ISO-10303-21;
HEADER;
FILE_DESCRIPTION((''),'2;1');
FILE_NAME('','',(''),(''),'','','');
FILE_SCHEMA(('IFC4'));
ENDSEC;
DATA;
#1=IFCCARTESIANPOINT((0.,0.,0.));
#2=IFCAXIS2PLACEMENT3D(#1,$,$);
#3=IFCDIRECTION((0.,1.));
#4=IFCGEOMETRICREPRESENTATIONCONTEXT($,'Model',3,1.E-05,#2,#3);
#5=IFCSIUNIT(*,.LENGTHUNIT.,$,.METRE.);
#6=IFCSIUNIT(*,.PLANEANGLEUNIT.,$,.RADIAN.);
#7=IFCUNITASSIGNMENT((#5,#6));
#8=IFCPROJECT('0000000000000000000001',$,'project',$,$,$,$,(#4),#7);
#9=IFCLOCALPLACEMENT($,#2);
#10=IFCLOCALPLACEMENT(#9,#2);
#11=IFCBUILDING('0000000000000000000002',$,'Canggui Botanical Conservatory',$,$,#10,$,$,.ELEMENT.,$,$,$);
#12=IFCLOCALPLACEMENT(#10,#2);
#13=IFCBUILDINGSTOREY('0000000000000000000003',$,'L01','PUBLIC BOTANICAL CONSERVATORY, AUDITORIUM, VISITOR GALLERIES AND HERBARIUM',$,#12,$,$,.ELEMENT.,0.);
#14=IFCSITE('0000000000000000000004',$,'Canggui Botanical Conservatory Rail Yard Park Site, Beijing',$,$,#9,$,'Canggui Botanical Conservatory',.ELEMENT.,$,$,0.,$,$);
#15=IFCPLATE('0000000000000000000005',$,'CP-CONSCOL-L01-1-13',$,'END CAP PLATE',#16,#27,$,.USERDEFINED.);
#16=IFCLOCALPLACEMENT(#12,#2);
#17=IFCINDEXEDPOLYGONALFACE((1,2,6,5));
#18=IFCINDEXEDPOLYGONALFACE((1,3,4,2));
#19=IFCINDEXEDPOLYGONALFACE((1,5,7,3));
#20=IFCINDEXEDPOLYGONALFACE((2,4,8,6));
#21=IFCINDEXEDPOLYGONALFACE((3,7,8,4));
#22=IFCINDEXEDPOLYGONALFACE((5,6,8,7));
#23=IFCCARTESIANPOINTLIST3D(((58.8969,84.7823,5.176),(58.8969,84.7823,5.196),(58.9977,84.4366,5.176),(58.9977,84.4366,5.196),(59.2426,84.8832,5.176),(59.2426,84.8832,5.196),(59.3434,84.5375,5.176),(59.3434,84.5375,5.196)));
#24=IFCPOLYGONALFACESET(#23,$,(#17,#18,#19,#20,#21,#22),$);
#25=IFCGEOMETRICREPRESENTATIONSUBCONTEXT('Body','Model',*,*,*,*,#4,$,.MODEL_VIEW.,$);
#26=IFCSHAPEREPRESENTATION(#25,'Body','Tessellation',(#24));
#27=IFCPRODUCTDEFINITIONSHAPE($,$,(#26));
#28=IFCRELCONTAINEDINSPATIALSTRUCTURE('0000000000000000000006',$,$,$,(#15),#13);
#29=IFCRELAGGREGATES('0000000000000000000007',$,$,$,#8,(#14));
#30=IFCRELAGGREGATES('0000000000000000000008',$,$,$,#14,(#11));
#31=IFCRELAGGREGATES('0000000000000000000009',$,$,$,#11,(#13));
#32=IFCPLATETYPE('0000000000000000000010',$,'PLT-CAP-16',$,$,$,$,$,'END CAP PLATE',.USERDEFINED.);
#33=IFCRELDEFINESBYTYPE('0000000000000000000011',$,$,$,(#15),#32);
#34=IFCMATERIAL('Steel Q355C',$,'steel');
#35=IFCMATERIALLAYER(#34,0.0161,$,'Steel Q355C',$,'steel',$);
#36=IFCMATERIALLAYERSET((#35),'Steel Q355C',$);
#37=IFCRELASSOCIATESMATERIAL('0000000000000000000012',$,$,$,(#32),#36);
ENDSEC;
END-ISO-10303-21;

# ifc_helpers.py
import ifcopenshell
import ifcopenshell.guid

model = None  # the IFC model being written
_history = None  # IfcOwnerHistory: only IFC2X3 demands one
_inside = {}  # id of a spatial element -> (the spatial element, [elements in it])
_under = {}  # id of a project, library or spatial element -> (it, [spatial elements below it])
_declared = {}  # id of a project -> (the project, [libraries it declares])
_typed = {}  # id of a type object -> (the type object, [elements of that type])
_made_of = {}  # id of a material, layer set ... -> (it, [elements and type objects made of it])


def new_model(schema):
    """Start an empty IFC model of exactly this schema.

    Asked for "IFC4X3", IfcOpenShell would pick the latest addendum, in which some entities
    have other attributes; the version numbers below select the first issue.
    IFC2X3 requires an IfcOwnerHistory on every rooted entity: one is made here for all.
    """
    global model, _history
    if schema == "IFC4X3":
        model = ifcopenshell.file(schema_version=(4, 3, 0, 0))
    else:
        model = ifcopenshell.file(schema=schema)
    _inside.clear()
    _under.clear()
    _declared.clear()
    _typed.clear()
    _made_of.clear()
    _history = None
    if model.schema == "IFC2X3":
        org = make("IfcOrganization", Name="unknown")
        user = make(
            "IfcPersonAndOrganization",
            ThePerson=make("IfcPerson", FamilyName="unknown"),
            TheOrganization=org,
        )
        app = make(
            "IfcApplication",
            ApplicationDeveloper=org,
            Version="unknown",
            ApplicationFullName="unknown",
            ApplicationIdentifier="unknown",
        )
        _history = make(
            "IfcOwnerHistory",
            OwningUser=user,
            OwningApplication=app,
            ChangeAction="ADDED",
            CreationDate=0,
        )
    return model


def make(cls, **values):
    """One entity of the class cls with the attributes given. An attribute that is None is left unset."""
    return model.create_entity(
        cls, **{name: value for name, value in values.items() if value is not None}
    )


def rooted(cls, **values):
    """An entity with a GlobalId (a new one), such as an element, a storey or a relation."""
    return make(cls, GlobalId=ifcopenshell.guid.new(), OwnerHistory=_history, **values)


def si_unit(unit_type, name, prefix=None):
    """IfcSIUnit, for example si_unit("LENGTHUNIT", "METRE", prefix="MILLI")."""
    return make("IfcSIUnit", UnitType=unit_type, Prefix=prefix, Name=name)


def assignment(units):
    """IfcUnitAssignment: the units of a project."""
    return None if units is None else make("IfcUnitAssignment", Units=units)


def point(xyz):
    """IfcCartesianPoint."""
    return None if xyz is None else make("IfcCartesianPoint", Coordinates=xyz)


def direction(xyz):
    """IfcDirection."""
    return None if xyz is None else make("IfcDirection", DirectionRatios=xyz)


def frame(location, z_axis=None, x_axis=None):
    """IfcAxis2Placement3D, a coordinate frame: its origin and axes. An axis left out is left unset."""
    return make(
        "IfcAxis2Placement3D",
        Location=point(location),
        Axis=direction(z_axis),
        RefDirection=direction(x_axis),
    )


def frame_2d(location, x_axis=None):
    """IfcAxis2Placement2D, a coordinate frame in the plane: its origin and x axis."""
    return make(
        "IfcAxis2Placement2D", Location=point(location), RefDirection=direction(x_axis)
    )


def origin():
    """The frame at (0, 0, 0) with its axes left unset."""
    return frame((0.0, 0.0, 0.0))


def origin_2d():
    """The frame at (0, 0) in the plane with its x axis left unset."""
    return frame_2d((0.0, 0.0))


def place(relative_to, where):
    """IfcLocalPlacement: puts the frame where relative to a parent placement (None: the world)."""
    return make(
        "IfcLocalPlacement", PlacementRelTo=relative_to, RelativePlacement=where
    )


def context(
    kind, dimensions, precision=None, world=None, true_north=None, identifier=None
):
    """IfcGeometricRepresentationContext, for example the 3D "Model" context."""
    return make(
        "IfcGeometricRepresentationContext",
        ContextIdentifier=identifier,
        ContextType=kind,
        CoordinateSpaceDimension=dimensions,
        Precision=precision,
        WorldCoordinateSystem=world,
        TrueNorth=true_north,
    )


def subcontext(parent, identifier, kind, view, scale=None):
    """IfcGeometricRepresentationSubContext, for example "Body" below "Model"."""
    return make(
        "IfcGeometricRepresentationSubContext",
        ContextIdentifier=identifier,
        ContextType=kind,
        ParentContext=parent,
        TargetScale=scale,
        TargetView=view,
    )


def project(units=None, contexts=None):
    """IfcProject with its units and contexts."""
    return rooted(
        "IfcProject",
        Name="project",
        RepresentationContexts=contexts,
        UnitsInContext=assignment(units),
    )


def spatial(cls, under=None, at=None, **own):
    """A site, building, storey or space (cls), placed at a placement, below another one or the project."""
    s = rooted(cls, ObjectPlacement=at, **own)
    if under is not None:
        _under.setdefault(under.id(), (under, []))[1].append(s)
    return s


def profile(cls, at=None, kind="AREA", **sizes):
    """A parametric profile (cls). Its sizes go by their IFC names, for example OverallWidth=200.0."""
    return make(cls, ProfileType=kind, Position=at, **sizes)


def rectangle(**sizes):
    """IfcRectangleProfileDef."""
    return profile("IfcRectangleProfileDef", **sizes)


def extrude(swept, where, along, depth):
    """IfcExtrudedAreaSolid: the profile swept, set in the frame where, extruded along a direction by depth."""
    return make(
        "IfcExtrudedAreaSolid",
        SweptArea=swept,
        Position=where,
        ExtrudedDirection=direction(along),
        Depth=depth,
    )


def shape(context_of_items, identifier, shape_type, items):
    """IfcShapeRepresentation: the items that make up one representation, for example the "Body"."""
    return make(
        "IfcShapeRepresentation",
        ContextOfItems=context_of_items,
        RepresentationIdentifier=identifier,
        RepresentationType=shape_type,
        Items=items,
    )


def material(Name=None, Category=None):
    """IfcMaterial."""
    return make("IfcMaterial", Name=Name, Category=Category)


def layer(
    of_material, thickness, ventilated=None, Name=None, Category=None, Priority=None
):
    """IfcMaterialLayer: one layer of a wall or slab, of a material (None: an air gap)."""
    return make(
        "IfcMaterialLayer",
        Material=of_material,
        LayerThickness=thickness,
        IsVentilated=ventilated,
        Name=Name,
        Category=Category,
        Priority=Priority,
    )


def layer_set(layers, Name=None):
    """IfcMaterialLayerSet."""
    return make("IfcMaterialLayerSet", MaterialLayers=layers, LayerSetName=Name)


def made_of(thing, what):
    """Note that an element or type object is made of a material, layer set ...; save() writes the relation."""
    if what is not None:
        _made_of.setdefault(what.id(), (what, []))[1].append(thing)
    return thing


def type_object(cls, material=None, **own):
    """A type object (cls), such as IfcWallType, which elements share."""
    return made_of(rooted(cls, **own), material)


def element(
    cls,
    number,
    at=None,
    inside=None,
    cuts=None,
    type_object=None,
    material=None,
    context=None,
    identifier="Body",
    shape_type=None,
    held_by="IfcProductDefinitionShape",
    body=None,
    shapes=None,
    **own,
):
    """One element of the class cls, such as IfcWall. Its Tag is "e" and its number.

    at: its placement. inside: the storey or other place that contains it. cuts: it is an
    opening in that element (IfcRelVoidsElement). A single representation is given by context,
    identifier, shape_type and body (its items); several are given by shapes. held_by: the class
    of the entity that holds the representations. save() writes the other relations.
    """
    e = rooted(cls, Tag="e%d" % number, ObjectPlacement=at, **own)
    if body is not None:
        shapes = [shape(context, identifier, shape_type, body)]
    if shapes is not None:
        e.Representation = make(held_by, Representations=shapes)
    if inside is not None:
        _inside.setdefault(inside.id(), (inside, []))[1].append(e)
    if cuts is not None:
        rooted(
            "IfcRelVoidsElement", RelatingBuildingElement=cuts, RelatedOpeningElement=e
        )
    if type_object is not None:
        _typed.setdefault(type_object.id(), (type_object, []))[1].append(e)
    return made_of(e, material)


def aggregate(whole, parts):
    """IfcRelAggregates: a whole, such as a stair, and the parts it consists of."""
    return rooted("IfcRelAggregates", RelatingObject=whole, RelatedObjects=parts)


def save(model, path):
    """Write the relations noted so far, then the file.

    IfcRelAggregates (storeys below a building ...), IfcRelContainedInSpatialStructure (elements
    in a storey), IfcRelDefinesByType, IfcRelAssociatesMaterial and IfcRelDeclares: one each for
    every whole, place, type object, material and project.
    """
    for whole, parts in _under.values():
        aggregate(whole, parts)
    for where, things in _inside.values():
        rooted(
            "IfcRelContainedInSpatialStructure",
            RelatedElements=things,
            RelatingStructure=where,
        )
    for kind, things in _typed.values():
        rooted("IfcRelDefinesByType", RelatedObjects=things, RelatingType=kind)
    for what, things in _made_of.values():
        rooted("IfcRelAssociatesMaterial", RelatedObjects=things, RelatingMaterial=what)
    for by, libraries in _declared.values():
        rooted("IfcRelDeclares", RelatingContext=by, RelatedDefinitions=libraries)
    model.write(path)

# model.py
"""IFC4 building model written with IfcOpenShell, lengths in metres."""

from ifc_helpers import new_model, si_unit, direction, frame, origin, origin_2d, place, context, subcontext, project, spatial, rectangle, extrude, material, layer, layer_set, type_object, element, save


model = new_model("IFC4")

# Units and contexts
model_context = context("Model", 3, precision=1e-05, world=origin(), true_north=direction((0.0, 1.0)))
body_context = subcontext(model_context, "Body", "Model", "MODEL_VIEW")
ifc_project = project(units=[si_unit("LENGTHUNIT", "METRE"), si_unit("PLANEANGLEUNIT", "RADIAN")], contexts=[model_context])

# Site, building, storey
site_placement = place(None, origin())
site = spatial("IfcSite", under=ifc_project, at=site_placement, Name="Canggui Botanical Conservatory Rail Yard Park Site, Beijing", LongName="Canggui Botanical Conservatory", CompositionType="ELEMENT", RefElevation=0.0)
building_placement = place(site_placement, origin())
building = spatial("IfcBuilding", under=site, at=building_placement, Name="Canggui Botanical Conservatory", CompositionType="ELEMENT")
storey_placement = place(building_placement, origin())
storey = spatial("IfcBuildingStorey", under=building, at=storey_placement, Name="L01", Description="PUBLIC BOTANICAL CONSERVATORY, AUDITORIUM, VISITOR GALLERIES AND HERBARIUM", CompositionType="ELEMENT", Elevation=0.0)

# Shared definitions
ifc_material_1 = material(Name="Steel Q355C", Category="steel")

# Plate
ifc_layer_1 = layer(ifc_material_1, 0.0161, Name="Steel Q355C", Category="steel")
ifc_layer_set_1 = layer_set([ifc_layer_1], Name="Steel Q355C")
plate_type_1 = type_object("IfcPlateType", Name="PLT-CAP-16", ElementType="END CAP PLATE", PredefinedType="USERDEFINED", material=ifc_layer_set_1)
plate_1_placement = place(storey_placement, frame((59.1201, 84.6599, 5.176), z_axis=(0.0, 0.0, 1.0), x_axis=(0.96, 0.28, 0.0)))
element("IfcPlate", 1, at=plate_1_placement, inside=storey, type_object=plate_type_1, Name="CP-CONSCOL-L01-1-13", ObjectType="END CAP PLATE", PredefinedType="USERDEFINED", context=body_context, shape_type="SweptSolid", body=[
    extrude(rectangle(XDim=0.3601, YDim=0.3601, at=origin_2d()), origin(), (0.0, 0.0, 1.0), 0.02),
])

save(model, "model.ifc")
